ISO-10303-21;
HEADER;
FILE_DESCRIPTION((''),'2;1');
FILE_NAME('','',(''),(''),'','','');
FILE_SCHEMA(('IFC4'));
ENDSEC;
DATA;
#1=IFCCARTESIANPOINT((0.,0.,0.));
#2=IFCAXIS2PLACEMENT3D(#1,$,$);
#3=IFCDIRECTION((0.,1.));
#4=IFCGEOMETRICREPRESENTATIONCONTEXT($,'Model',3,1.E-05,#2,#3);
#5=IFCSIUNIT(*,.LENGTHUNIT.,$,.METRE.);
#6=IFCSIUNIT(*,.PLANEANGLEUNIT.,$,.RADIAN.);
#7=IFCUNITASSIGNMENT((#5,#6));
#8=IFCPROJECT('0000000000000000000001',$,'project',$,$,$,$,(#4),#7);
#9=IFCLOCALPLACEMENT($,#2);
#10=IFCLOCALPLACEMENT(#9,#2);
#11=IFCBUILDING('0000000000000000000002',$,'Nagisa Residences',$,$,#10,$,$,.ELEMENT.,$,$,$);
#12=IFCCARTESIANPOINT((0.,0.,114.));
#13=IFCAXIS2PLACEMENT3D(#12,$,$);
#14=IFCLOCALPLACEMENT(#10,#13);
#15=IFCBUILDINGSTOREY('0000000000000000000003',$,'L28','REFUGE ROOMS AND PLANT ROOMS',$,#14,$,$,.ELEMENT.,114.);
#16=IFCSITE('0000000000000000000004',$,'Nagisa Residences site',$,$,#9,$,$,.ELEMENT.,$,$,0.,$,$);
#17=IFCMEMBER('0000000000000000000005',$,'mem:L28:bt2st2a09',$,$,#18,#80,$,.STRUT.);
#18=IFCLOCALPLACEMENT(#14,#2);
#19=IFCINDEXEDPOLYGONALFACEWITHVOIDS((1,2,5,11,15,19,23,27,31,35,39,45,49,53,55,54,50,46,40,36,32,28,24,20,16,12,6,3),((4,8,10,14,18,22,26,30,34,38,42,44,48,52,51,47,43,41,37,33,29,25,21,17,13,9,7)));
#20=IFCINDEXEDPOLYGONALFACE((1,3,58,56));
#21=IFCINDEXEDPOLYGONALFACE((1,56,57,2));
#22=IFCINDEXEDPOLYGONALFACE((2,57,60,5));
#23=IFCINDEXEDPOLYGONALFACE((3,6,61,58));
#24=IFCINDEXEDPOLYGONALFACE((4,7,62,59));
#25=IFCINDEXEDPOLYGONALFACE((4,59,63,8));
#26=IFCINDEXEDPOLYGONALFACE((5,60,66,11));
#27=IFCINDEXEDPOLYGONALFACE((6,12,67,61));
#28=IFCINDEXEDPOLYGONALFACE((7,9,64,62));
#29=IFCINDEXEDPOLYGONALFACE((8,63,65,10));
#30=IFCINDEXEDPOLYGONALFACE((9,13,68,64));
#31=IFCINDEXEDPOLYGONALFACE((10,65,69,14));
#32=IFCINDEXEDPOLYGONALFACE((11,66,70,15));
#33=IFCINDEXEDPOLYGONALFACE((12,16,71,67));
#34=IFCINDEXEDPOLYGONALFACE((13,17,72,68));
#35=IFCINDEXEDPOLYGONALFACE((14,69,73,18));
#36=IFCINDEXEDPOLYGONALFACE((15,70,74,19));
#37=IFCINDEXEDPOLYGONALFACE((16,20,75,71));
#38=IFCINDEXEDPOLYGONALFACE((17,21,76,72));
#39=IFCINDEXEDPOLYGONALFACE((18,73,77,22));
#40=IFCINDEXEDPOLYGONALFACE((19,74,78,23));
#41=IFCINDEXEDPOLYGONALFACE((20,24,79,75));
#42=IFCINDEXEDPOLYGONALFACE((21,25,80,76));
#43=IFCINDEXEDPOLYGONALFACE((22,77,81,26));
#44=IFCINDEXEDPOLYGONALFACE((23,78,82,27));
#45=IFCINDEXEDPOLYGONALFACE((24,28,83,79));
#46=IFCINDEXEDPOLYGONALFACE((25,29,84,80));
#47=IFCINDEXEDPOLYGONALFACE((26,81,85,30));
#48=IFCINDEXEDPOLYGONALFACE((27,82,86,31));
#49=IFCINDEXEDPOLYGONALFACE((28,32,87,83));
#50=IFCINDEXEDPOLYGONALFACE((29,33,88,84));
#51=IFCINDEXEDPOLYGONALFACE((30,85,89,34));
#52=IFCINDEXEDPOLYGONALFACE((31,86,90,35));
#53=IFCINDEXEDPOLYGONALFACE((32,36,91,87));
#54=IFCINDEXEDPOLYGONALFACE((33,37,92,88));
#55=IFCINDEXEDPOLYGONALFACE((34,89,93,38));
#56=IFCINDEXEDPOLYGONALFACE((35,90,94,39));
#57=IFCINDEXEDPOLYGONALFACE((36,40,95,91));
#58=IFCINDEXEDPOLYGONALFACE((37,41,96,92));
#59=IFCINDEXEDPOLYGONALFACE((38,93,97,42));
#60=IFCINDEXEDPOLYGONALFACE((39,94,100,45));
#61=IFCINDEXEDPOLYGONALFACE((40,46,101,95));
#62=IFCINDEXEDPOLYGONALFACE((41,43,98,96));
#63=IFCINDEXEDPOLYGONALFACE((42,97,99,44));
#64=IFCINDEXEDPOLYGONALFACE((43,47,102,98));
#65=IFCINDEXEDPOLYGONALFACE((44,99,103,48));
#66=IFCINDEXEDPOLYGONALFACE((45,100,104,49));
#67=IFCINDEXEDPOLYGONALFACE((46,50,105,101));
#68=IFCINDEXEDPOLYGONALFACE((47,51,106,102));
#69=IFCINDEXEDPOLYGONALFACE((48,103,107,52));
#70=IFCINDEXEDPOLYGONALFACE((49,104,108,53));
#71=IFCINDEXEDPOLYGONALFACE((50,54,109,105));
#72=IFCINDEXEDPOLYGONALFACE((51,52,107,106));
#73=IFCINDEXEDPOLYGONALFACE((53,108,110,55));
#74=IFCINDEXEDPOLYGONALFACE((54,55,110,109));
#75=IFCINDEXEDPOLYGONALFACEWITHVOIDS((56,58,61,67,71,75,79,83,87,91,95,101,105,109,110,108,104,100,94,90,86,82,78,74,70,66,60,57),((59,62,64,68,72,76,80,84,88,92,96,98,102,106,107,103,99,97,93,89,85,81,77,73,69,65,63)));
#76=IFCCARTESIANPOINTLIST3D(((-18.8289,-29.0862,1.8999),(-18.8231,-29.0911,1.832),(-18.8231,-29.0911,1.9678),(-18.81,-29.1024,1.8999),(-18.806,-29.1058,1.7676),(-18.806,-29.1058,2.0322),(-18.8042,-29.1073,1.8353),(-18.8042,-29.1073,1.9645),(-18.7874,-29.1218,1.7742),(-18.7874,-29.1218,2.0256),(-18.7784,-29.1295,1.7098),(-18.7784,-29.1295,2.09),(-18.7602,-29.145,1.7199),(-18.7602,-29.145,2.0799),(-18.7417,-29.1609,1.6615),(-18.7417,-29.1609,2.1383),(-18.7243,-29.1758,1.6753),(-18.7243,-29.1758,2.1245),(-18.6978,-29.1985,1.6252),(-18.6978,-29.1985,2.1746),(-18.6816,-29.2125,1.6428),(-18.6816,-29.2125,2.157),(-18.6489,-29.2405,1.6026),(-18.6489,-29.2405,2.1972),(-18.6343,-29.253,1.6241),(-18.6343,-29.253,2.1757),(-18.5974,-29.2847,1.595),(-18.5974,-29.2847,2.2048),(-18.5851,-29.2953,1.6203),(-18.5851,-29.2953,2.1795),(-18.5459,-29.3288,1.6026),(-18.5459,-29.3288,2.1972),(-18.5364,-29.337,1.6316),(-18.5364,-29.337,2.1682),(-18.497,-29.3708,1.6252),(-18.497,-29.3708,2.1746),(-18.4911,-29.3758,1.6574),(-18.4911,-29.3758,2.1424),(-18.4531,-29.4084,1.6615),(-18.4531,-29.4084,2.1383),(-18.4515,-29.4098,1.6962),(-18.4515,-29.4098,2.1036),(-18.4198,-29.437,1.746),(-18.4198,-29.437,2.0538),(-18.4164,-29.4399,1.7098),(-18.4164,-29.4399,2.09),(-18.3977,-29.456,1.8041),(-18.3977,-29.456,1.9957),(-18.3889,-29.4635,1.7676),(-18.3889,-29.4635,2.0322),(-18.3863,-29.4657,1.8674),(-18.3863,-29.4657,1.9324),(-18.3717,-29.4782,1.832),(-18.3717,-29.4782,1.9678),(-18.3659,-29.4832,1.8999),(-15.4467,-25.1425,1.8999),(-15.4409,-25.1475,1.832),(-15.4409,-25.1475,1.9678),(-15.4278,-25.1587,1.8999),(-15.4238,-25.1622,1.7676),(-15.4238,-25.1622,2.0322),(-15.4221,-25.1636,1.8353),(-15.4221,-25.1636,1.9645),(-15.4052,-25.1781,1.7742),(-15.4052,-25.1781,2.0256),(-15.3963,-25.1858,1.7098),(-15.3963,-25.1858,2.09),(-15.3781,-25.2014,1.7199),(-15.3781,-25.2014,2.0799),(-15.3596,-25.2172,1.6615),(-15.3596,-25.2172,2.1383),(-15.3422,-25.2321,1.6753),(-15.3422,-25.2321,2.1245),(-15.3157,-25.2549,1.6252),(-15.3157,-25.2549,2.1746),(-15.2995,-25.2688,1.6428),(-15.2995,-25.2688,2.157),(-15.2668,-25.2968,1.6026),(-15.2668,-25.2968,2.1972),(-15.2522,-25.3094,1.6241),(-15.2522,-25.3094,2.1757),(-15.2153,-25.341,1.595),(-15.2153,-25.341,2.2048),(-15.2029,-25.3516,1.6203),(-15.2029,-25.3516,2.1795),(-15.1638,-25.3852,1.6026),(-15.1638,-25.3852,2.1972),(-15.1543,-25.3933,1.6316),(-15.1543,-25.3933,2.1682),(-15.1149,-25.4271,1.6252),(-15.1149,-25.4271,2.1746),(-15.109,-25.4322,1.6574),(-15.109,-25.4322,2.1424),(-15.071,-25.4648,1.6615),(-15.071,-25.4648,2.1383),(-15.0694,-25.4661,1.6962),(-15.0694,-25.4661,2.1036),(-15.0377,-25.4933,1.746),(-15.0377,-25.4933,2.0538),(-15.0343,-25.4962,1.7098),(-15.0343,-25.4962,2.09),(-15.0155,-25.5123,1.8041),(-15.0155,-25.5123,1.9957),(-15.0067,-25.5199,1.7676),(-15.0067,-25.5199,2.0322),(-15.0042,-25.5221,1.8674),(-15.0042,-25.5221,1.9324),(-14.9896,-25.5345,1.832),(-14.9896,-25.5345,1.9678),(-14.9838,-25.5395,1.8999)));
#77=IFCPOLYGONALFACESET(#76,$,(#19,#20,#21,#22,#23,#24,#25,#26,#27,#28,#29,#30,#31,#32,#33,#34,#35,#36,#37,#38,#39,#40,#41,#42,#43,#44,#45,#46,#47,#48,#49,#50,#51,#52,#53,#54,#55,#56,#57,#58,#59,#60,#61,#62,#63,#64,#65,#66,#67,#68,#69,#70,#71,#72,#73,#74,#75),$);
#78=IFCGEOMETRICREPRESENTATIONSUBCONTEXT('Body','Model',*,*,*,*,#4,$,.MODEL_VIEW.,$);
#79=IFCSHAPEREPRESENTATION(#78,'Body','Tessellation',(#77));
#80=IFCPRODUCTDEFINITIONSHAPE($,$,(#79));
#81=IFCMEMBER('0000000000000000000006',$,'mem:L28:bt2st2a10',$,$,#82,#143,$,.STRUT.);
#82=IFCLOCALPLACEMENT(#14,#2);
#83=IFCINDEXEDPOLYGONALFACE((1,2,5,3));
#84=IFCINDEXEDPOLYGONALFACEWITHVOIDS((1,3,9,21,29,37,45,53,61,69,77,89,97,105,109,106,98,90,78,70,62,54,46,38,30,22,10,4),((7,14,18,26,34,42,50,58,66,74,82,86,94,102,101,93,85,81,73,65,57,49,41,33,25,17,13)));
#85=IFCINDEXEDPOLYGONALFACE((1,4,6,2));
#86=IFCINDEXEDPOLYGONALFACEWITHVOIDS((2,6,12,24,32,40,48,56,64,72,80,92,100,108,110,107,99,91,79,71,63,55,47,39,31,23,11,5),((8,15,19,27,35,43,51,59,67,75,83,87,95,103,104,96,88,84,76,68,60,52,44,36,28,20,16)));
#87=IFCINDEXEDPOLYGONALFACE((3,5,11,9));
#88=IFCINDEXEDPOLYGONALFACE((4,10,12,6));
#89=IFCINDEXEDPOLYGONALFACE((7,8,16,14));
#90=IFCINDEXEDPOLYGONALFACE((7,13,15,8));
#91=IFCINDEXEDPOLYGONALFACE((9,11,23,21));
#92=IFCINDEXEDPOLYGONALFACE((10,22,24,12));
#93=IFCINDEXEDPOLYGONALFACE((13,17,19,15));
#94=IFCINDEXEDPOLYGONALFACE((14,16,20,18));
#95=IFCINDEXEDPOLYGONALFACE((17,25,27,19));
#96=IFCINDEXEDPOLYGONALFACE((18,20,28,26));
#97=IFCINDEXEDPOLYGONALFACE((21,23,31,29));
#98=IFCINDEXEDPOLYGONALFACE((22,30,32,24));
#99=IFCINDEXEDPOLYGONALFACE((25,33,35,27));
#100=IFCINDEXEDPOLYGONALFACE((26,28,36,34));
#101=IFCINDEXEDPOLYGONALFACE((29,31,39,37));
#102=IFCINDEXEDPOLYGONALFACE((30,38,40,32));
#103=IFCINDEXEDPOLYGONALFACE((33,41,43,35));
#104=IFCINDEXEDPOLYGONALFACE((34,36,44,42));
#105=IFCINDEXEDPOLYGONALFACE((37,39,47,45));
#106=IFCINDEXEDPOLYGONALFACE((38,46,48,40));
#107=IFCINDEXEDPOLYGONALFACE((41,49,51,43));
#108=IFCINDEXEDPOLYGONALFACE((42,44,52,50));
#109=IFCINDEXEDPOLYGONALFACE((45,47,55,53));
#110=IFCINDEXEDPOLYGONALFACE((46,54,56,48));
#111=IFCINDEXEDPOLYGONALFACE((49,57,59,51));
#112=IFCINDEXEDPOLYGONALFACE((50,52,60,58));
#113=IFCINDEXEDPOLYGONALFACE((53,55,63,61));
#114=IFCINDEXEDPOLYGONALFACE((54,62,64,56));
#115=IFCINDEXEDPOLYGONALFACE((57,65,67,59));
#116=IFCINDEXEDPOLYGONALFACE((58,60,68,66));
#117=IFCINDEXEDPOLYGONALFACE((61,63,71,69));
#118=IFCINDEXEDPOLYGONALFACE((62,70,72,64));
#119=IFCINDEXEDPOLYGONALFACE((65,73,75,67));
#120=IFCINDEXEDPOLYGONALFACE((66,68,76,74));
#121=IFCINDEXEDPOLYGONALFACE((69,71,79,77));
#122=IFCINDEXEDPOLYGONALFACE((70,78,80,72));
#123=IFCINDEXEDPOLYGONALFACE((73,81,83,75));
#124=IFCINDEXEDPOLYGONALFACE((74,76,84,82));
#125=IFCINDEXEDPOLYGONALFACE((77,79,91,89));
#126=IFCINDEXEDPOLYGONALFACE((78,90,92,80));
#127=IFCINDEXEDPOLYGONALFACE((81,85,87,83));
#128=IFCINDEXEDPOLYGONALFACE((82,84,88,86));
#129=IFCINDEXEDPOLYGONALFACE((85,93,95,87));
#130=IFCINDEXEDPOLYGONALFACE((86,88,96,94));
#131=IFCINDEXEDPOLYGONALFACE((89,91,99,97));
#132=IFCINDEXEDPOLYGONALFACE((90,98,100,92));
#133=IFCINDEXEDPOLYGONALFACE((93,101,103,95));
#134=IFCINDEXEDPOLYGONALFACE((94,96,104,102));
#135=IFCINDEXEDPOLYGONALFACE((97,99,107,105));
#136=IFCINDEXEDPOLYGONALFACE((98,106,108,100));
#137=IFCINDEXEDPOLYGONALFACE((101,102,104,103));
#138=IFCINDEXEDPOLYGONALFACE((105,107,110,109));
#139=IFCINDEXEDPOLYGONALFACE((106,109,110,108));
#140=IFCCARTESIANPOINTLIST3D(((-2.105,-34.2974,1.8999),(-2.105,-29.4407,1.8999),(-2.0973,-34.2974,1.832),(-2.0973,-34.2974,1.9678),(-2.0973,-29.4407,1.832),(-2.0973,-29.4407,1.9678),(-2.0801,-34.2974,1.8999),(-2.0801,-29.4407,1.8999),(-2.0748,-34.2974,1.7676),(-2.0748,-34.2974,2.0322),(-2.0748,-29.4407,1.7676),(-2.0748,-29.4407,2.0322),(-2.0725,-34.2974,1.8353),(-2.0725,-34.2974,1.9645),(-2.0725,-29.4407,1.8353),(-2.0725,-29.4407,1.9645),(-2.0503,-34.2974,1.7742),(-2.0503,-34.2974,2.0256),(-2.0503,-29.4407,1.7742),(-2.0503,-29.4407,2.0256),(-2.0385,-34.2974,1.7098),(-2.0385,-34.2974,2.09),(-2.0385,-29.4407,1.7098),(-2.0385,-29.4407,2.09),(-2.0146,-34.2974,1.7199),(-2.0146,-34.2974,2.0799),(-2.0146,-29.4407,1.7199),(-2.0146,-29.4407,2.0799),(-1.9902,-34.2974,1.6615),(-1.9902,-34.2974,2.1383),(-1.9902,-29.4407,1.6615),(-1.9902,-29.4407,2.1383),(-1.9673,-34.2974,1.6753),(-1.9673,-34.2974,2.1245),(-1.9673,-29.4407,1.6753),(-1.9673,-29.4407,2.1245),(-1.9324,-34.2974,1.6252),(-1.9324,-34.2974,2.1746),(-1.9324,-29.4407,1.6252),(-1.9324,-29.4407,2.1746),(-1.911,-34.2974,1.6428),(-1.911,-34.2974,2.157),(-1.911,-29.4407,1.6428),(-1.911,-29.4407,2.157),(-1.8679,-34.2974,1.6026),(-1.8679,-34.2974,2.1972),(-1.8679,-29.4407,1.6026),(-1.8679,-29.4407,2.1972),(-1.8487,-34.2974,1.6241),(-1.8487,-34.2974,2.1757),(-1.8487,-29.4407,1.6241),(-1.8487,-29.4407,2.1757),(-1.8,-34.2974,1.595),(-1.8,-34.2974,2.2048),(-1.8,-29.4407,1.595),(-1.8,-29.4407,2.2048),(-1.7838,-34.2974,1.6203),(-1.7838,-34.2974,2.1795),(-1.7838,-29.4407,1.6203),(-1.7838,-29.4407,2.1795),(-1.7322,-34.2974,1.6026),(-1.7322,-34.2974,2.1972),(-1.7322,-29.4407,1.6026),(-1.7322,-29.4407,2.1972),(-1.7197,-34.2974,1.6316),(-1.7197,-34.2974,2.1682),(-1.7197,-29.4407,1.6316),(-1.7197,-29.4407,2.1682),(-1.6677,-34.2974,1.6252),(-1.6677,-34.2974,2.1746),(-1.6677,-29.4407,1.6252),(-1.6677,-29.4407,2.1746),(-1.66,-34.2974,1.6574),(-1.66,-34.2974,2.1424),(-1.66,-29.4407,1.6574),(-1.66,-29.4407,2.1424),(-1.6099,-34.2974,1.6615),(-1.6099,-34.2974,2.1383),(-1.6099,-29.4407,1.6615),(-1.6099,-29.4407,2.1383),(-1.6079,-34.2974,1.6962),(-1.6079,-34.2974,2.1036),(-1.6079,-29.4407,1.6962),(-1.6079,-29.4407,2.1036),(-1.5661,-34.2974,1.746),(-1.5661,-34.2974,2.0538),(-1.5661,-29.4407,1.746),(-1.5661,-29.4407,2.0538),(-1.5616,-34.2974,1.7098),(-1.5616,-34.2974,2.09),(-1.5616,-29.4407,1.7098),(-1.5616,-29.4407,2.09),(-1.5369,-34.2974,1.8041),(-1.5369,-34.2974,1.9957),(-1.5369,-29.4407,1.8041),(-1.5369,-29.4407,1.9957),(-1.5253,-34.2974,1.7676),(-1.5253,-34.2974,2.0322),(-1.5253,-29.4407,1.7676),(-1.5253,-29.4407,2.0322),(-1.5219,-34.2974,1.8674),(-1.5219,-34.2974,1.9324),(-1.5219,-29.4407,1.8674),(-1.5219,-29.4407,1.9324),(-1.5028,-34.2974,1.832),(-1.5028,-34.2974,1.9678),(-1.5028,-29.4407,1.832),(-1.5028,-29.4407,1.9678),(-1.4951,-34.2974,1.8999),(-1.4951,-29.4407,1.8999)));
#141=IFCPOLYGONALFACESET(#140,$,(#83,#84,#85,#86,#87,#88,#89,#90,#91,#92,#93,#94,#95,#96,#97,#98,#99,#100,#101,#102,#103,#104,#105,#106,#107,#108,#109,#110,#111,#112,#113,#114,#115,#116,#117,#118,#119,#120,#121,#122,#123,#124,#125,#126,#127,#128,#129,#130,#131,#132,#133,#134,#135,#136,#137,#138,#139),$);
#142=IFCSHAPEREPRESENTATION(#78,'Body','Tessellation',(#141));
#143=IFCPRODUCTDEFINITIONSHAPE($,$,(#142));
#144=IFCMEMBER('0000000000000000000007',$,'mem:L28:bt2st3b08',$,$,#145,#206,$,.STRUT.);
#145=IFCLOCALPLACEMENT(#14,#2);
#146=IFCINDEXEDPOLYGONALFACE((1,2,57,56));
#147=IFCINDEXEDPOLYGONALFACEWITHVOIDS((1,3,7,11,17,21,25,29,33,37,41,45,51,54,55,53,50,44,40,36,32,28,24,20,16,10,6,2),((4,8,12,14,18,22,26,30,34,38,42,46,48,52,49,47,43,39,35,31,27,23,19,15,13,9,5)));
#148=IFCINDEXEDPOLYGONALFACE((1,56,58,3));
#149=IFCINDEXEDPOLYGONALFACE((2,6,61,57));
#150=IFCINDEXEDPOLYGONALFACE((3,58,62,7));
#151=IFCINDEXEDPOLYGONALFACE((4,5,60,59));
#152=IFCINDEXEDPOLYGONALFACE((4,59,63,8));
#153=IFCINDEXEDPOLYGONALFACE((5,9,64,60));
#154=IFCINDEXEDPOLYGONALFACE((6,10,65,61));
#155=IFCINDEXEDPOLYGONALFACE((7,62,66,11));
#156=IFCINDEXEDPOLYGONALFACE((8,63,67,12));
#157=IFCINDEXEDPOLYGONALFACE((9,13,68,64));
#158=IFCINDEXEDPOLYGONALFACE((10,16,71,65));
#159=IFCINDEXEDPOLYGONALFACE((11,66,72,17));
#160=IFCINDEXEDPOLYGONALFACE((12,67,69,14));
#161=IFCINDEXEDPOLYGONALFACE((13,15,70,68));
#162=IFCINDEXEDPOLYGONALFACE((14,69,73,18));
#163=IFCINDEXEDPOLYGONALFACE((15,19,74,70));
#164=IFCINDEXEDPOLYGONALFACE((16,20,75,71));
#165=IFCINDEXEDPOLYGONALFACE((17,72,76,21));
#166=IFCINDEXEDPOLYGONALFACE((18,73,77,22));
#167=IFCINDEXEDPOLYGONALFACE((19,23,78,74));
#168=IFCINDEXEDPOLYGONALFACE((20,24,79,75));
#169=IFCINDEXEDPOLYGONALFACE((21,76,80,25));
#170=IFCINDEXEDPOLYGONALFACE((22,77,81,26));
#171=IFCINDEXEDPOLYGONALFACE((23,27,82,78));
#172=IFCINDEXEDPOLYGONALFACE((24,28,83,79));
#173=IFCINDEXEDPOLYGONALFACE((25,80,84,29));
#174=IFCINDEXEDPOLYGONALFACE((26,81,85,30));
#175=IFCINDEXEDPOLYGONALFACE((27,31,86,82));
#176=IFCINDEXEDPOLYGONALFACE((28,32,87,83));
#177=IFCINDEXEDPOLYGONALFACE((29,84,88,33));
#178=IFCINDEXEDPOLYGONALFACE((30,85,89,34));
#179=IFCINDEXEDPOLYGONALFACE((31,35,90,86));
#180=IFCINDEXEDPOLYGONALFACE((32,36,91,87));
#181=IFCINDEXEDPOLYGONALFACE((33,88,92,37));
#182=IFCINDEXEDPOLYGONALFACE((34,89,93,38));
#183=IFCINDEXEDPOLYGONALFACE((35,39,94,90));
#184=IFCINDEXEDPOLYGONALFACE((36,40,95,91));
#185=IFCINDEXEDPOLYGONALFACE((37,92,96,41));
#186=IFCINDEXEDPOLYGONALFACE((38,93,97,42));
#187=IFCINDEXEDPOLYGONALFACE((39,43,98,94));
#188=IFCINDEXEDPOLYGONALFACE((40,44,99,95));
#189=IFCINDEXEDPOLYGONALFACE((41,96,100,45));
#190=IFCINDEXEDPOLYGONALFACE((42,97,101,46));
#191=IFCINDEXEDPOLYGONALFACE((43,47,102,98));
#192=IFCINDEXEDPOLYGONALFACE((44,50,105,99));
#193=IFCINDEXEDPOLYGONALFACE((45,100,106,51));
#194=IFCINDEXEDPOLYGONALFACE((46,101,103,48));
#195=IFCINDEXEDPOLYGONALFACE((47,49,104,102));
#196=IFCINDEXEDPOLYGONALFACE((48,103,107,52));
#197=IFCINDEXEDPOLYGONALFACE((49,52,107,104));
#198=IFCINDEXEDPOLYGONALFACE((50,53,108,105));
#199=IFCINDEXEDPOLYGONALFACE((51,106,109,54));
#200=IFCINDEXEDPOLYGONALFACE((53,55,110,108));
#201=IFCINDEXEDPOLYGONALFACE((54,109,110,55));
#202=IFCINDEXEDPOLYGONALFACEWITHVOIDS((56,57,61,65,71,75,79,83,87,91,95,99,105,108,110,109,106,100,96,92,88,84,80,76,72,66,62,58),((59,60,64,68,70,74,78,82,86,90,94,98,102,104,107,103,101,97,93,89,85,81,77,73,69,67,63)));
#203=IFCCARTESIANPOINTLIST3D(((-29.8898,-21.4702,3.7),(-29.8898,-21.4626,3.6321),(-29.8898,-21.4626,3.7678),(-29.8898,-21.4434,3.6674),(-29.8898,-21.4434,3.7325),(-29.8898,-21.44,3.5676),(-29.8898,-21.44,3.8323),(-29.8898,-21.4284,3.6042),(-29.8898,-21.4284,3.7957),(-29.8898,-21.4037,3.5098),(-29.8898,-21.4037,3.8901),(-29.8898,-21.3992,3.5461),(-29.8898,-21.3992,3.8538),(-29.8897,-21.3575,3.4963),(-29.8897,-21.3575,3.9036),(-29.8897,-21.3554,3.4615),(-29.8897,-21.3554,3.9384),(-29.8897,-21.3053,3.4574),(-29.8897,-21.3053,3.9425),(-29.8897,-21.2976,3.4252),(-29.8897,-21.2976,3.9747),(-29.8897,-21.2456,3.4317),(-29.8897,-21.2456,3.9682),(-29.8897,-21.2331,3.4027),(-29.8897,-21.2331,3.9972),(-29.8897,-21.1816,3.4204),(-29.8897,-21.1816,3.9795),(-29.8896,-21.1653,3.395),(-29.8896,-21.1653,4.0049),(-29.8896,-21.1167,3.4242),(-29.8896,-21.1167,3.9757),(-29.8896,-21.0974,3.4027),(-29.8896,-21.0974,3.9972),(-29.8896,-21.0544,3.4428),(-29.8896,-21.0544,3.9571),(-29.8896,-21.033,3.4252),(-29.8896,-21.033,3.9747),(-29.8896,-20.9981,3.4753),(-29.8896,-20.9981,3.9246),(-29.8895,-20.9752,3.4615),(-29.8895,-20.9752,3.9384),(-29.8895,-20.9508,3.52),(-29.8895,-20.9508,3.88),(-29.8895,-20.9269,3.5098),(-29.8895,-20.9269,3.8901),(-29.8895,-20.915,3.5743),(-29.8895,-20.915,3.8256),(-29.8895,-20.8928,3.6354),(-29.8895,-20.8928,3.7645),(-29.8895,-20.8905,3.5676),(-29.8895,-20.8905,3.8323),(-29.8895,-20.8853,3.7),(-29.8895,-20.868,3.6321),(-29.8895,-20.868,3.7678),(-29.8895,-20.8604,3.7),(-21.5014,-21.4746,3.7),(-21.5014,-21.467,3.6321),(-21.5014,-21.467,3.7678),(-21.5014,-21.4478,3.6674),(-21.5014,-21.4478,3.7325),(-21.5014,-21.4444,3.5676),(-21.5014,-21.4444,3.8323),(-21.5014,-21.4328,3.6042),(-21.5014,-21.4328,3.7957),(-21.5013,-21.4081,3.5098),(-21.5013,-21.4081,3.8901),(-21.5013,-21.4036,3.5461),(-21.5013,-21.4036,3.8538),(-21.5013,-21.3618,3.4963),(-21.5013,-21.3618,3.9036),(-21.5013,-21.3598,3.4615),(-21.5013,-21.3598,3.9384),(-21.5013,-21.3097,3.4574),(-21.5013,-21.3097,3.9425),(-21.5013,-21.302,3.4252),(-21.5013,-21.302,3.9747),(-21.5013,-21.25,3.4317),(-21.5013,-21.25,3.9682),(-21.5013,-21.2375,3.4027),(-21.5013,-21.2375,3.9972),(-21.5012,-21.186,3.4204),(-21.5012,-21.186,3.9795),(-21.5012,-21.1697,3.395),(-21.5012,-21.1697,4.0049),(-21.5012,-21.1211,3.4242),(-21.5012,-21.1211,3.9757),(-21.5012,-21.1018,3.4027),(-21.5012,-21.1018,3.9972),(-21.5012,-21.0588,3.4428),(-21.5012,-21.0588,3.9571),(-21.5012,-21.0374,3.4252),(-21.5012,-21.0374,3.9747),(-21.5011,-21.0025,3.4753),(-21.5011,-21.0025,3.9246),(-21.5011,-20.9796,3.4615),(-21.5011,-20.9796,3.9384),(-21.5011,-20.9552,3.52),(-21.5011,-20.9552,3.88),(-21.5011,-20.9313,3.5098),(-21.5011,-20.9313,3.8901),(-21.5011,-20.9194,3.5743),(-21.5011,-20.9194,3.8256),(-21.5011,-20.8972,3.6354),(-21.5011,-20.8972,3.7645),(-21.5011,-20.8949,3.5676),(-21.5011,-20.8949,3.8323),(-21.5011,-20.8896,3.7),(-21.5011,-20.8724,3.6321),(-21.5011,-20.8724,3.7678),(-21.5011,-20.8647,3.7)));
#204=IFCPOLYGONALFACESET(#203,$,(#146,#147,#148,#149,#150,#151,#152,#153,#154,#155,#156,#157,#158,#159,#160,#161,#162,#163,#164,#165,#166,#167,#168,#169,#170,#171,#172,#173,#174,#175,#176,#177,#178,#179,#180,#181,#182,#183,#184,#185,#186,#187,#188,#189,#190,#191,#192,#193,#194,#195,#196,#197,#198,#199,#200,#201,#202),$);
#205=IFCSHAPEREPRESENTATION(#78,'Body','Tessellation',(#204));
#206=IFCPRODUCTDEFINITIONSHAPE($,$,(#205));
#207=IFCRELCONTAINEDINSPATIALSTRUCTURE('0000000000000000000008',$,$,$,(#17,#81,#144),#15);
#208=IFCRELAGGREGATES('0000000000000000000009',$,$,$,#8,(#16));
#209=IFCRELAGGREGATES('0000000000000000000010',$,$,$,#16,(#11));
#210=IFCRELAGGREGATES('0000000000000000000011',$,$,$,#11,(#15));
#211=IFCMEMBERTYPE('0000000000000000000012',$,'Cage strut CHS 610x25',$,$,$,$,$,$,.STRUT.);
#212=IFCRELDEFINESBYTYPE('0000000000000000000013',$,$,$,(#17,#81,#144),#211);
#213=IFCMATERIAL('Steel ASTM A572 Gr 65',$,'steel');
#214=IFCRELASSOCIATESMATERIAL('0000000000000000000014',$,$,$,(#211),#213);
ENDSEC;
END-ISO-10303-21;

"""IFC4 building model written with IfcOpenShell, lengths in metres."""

from ifc_helpers import new_model, si_unit, direction, frame, origin, origin_2d, place, context, subcontext, project, spatial, hollow_circle, extrude, material, material_profile, profile_set, type_object, element, save


model = new_model("IFC4")

# Units and contexts
model_context = context("Model", 3, precision=1e-05, world=origin(), true_north=direction((0.0, 1.0)))
body_context = subcontext(model_context, "Body", "Model", "MODEL_VIEW")
ifc_project = project(units=[si_unit("LENGTHUNIT", "METRE"), si_unit("PLANEANGLEUNIT", "RADIAN")], contexts=[model_context])

# Site, building, storey
site_placement = place(None, origin())
site = spatial("IfcSite", under=ifc_project, at=site_placement, Name="Nagisa Residences site", CompositionType="ELEMENT", RefElevation=0.0)
building_placement = place(site_placement, origin())
building = spatial("IfcBuilding", under=site, at=building_placement, Name="Nagisa Residences", CompositionType="ELEMENT")
storey_placement = place(building_placement, frame((0.0, 0.0, 114.0)))
storey = spatial("IfcBuildingStorey", under=building, at=storey_placement, Name="L28", Description="REFUGE ROOMS AND PLANT ROOMS", CompositionType="ELEMENT", Elevation=114.0)

# Members
ifc_material_1 = material(Name="Steel ASTM A572 Gr 65", Category="steel")
ifc_material_profile_1 = material_profile(ifc_material_1, hollow_circle(Radius=0.3049, WallThickness=0.0249, at=origin_2d()), Name="CHS 610x25")
ifc_profile_set_1 = profile_set([ifc_material_profile_1], Name="Steel ASTM A572 Gr 65")
member_type_1 = type_object("IfcMemberType", Name="Cage strut CHS 610x25", PredefinedType="STRUT", material=ifc_profile_set_1)
member_1_placement = place(storey_placement, frame((-18.5974, -29.2847, 1.8999), z_axis=(0.650996, 0.759081, 0.0), x_axis=(-0.759081, 0.650996, 0.0)))
element("IfcMember", 1, at=member_1_placement, inside=storey, type_object=member_type_1, Name="mem:L28:bt2st2a09", PredefinedType="STRUT", context=body_context, shape_type="SweptSolid", body=[
    extrude(hollow_circle(Radius=0.3049, WallThickness=0.0249, at=origin_2d()), origin(), (0.0, 0.0, 1.0), 5.1953),
])
member_2_placement = place(storey_placement, frame((-1.8, -34.2974, 1.8999), z_axis=(0.0, 1.0, 0.0), x_axis=(-1.0, 0.0, 0.0)))
element("IfcMember", 2, at=member_2_placement, inside=storey, type_object=member_type_1, Name="mem:L28:bt2st2a10", PredefinedType="STRUT", context=body_context, shape_type="SweptSolid", body=[
    extrude(hollow_circle(Radius=0.3049, WallThickness=0.0249, at=origin_2d()), origin(), (0.0, 0.0, 1.0), 4.8567),
])
member_3_placement = place(storey_placement, frame((-29.8896, -21.1653, 3.7), z_axis=(1.0, -0.000524, 0.0), x_axis=(0.000524, 1.0, 0.0)))
element("IfcMember", 3, at=member_3_placement, inside=storey, type_object=member_type_1, Name="mem:L28:bt2st3b08", PredefinedType="STRUT", context=body_context, shape_type="SweptSolid", body=[
    extrude(hollow_circle(Radius=0.3049, WallThickness=0.0249, at=origin_2d()), origin(), (0.0, 0.0, 1.0), 8.3884),
])

save(model, "model.ifc")
